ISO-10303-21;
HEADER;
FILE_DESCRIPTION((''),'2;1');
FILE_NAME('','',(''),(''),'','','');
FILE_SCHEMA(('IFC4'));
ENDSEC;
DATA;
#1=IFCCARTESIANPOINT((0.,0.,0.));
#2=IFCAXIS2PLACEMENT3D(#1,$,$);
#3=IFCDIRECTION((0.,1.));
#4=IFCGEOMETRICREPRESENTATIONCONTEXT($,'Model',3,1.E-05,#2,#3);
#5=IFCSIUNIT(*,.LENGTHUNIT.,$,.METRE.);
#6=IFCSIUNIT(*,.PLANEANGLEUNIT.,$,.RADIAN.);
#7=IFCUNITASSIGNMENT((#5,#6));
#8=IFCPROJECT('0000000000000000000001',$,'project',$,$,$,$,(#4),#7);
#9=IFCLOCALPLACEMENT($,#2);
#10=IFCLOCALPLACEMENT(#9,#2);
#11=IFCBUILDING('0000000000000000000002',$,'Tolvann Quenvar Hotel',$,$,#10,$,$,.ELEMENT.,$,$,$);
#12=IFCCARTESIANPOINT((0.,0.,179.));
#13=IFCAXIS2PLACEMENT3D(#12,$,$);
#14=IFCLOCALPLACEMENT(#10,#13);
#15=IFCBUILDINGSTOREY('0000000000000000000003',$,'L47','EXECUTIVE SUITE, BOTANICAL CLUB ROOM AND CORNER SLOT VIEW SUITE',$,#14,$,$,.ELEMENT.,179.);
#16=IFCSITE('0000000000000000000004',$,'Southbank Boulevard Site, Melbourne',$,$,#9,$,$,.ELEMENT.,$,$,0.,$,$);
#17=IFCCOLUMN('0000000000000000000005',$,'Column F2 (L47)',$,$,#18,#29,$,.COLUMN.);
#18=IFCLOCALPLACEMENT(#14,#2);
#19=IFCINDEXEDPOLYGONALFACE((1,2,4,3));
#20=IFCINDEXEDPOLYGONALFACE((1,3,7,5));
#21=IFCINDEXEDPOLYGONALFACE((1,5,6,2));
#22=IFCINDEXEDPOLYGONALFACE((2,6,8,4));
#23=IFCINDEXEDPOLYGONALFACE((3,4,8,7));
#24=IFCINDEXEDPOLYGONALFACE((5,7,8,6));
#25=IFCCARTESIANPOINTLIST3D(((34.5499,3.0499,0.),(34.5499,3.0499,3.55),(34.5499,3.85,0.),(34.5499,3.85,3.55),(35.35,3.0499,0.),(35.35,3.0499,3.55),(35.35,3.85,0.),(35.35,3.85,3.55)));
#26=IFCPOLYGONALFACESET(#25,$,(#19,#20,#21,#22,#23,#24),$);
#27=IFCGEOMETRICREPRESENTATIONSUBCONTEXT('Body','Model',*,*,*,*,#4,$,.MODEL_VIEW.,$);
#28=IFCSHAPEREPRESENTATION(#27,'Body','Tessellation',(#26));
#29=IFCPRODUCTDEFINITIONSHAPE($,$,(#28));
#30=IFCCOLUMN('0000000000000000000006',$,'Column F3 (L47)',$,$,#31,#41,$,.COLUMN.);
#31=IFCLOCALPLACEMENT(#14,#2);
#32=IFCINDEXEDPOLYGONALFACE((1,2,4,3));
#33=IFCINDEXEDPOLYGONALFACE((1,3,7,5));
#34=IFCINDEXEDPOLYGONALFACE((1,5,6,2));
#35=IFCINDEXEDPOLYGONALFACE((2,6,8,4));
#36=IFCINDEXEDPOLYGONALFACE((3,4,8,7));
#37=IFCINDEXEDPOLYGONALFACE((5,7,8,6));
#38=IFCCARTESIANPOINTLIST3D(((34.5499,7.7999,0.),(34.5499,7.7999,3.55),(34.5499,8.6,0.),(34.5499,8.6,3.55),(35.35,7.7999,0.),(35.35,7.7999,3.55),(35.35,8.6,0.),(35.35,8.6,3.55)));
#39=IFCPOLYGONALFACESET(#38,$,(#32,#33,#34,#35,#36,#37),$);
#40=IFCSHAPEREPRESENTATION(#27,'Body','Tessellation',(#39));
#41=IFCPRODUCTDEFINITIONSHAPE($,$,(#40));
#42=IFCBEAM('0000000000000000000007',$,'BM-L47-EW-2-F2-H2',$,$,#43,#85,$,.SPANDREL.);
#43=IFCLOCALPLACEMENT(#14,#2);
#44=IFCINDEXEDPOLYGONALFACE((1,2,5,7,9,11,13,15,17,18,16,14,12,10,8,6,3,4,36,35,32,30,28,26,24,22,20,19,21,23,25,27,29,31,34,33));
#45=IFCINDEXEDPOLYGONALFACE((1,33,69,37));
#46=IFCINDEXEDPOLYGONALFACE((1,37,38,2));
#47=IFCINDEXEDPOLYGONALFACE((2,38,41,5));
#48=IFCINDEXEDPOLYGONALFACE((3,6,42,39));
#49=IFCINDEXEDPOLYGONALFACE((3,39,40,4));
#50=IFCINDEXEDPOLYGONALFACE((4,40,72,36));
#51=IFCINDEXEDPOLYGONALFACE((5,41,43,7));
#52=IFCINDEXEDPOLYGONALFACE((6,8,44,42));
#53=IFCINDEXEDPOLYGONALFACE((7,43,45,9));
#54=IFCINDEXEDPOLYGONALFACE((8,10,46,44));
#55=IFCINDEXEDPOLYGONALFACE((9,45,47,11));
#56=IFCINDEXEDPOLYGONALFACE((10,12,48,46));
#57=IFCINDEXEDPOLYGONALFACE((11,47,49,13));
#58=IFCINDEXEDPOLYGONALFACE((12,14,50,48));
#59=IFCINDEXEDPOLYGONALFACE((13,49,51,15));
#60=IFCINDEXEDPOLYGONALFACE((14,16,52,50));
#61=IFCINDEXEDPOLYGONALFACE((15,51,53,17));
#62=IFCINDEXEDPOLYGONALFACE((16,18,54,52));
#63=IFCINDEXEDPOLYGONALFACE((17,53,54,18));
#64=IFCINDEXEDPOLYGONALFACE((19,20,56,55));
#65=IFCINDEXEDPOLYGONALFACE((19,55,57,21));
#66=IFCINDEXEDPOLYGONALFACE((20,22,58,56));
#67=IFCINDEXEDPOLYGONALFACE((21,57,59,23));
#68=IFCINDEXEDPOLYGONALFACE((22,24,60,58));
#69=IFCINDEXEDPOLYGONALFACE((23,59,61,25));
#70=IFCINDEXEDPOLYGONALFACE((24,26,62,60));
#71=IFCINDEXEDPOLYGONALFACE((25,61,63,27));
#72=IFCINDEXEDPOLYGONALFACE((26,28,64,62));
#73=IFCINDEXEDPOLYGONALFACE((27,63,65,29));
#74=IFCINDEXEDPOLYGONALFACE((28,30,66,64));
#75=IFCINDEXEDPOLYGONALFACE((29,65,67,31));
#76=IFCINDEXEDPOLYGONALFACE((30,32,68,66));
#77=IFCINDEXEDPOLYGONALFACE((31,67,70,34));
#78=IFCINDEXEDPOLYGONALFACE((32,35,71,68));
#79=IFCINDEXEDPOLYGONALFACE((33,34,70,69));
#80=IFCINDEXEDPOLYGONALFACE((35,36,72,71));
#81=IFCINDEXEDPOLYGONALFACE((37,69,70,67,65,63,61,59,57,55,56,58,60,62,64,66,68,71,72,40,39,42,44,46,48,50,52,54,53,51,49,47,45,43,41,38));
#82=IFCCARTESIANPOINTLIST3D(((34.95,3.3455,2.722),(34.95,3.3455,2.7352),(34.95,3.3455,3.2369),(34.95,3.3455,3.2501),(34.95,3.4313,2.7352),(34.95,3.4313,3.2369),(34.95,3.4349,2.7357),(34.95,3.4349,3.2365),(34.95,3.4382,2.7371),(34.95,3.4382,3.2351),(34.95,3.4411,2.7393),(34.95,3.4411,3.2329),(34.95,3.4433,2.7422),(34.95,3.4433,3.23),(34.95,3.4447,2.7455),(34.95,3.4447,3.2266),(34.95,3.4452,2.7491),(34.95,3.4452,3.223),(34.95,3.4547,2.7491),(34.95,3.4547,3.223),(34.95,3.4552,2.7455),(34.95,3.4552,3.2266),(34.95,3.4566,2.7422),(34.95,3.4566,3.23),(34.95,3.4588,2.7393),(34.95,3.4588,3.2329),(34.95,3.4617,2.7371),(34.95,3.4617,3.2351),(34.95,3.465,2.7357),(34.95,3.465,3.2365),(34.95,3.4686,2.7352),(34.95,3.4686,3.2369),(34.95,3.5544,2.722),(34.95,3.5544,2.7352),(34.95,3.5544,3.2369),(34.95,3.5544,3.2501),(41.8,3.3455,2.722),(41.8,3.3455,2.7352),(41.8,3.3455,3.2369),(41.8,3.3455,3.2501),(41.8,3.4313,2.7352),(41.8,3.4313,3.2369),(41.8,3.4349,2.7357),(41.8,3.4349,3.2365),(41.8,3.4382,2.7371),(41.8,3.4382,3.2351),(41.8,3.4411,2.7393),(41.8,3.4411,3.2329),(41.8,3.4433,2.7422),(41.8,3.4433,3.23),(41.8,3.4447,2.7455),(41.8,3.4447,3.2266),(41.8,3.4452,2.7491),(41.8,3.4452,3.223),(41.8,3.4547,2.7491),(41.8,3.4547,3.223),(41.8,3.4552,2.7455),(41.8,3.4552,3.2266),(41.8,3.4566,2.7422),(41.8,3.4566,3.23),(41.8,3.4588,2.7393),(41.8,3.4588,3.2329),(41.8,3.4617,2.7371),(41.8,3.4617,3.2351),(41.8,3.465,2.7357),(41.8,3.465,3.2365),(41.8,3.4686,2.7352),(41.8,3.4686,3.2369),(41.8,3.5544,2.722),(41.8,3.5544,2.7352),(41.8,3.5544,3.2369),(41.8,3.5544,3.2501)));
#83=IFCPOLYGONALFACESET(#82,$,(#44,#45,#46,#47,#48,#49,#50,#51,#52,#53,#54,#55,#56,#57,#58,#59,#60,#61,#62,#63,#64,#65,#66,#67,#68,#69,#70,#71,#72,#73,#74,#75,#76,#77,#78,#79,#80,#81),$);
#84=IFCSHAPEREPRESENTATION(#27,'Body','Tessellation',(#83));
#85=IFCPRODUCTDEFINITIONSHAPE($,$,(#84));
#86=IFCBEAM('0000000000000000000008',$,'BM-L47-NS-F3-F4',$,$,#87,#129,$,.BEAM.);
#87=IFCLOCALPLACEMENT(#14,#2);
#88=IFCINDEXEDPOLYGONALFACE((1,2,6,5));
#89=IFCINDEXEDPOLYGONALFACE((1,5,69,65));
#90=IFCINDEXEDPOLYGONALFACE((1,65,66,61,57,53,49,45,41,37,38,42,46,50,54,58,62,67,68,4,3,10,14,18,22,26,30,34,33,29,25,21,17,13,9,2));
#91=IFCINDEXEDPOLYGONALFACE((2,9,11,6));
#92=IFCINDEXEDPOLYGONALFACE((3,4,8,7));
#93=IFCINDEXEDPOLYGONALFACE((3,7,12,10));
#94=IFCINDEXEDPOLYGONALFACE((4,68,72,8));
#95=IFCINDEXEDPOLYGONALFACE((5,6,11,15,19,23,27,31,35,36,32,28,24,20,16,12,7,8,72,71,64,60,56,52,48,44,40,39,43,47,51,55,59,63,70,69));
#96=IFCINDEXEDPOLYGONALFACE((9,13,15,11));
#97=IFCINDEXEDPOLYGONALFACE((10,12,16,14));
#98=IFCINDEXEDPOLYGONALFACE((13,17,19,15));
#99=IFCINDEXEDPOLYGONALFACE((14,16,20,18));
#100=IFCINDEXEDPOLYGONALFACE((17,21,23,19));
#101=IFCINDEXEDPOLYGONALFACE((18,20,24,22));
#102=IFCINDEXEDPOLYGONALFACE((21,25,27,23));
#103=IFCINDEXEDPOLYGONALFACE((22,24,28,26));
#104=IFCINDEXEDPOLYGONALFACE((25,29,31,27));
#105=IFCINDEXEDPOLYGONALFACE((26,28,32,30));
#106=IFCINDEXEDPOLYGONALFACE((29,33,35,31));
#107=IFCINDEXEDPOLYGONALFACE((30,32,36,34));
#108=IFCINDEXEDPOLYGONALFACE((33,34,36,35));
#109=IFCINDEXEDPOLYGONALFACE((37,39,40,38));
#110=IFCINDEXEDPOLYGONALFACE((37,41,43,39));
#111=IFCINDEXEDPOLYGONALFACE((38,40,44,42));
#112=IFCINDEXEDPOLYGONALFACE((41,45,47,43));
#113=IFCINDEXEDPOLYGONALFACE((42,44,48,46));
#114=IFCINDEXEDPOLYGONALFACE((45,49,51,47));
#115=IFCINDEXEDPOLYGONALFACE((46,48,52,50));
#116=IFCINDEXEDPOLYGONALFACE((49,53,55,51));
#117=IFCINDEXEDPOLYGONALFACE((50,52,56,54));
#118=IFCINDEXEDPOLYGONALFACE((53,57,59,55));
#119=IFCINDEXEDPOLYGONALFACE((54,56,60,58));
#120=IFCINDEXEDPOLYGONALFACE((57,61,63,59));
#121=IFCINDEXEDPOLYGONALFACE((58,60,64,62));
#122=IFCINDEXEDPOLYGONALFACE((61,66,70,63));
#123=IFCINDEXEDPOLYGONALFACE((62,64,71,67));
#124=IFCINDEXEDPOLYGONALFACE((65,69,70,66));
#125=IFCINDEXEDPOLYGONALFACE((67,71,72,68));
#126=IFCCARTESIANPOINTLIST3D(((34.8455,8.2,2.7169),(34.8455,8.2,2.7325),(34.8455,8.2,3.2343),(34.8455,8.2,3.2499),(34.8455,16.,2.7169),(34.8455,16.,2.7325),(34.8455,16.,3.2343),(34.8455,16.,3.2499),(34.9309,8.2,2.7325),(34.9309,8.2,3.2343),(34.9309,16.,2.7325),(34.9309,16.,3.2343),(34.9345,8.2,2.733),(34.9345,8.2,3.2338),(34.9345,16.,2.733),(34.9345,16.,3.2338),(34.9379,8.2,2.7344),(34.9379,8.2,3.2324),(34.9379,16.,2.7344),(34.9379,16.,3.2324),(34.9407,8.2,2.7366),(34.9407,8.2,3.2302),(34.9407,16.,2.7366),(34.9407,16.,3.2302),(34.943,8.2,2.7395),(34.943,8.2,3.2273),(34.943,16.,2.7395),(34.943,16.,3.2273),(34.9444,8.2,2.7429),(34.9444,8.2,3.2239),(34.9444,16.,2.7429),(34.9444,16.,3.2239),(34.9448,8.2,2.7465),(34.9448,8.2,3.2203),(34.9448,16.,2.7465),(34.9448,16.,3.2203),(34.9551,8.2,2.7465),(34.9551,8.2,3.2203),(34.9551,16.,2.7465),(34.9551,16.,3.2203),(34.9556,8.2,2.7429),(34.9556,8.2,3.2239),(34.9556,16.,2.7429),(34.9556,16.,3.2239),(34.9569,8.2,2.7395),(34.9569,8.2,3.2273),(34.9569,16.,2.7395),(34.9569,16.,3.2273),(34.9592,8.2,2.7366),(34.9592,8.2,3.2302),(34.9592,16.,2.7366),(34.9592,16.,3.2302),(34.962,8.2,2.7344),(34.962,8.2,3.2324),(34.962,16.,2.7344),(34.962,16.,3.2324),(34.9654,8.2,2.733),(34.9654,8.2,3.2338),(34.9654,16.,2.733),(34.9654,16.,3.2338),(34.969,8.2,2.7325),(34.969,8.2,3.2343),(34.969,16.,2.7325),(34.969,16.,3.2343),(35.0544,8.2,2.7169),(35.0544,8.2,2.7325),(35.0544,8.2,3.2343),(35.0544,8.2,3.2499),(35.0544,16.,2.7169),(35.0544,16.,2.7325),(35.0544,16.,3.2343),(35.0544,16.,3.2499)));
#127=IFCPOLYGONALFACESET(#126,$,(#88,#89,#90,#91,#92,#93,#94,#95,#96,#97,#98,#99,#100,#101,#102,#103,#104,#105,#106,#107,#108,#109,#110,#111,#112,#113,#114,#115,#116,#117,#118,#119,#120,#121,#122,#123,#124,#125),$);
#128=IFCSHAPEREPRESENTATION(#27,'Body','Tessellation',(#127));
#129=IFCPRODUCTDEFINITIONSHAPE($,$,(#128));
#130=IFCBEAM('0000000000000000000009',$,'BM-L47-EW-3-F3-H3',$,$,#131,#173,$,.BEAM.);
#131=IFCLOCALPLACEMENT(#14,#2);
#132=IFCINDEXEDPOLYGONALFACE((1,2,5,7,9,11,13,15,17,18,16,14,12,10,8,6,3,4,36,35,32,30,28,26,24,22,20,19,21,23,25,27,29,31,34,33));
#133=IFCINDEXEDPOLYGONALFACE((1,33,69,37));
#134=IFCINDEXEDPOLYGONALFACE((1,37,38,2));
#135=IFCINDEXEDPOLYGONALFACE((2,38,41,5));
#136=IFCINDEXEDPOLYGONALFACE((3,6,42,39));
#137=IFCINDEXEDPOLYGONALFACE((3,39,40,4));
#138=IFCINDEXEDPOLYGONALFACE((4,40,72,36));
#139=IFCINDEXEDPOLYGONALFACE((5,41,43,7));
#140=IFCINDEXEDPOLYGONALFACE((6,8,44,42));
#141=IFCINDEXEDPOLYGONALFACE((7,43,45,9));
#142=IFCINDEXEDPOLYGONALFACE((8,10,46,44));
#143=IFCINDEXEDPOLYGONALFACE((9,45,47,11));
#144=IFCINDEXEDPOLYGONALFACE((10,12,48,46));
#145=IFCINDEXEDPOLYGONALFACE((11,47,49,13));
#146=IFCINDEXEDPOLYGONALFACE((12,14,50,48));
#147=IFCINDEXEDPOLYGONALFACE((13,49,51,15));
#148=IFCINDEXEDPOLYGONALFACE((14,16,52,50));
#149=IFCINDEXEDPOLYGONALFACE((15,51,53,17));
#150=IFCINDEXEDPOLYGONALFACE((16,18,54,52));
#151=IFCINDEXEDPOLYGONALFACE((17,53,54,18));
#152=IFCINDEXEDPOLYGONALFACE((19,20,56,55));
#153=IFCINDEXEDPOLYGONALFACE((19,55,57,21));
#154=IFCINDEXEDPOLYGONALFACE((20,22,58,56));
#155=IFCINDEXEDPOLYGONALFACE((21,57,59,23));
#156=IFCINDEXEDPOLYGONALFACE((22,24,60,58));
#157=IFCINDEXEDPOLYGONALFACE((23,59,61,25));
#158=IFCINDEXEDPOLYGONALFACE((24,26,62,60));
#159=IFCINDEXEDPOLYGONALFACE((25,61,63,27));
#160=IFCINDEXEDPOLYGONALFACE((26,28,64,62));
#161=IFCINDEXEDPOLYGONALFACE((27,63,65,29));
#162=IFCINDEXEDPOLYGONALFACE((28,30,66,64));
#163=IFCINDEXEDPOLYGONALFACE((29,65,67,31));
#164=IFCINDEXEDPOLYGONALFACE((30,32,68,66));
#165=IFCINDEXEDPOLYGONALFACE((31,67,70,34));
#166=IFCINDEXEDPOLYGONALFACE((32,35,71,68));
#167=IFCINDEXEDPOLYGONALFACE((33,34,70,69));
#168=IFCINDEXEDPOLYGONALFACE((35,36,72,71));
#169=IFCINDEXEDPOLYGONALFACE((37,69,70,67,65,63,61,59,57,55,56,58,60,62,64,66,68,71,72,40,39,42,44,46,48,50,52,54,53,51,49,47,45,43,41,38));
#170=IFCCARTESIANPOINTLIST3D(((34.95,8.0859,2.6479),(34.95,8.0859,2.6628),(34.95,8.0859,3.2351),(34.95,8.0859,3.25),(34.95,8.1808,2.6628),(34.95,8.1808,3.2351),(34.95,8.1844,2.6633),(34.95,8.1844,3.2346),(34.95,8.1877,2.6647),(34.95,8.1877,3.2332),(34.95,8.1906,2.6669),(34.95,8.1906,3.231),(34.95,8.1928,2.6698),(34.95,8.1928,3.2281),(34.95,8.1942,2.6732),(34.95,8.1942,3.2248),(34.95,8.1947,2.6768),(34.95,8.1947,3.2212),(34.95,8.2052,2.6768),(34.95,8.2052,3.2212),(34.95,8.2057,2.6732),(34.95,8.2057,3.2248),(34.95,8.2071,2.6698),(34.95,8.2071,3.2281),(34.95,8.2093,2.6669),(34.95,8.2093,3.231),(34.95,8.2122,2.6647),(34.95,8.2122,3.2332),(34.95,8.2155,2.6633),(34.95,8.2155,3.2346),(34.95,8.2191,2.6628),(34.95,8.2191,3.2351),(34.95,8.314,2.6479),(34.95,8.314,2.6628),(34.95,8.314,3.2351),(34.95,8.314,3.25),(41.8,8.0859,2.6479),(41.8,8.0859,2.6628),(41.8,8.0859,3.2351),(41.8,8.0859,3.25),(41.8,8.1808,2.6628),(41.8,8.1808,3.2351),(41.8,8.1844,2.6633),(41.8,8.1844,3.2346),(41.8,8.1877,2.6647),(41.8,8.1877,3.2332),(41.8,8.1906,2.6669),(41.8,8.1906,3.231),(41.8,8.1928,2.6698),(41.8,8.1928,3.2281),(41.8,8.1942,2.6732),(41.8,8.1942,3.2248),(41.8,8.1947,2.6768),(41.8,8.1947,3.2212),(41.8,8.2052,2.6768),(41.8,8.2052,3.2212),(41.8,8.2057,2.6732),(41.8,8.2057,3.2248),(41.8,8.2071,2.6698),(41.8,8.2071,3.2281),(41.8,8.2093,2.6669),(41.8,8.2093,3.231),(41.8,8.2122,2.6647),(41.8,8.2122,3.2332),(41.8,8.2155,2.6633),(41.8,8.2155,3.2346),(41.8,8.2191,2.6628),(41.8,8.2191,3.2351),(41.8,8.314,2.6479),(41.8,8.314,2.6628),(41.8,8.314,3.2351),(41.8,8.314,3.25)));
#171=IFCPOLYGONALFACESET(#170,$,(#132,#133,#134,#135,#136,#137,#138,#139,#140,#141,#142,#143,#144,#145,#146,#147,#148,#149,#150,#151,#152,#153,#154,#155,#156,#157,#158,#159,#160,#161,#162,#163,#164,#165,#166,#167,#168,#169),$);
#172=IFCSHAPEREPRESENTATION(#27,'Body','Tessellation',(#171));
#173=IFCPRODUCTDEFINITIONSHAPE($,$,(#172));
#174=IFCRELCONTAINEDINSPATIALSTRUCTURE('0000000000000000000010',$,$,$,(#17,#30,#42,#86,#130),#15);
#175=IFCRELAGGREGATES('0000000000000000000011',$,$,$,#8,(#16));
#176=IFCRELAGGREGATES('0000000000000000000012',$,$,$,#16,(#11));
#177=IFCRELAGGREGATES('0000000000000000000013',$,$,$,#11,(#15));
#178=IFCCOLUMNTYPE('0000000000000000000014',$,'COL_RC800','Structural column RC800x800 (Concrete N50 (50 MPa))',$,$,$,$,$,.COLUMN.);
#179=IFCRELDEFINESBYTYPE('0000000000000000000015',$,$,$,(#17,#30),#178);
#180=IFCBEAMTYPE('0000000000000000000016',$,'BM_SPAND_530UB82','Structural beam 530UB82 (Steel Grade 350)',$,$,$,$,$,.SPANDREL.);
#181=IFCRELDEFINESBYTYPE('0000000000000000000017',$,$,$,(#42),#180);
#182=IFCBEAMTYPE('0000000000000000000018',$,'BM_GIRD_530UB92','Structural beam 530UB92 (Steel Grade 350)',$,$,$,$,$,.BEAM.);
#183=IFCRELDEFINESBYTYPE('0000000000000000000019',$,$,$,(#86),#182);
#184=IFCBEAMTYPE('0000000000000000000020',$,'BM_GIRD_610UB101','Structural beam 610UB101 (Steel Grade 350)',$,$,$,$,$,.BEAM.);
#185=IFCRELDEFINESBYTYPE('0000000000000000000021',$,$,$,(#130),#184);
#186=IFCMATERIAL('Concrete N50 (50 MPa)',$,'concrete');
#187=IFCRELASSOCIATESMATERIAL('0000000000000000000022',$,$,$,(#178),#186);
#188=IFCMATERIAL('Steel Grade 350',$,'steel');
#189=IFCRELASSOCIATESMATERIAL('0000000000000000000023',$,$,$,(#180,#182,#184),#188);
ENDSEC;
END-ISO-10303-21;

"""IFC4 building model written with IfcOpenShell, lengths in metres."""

from ifc_helpers import new_model, si_unit, direction, frame, origin, origin_2d, place, context, subcontext, project, spatial, rectangle, i_section, extrude, source, transform, mapped, material, material_profile, profile_set, type_object, type_shapes, element, save


model = new_model("IFC4")

# Units and contexts
model_context = context("Model", 3, precision=1e-05, world=origin(), true_north=direction((0.0, 1.0)))
body_context = subcontext(model_context, "Body", "Model", "MODEL_VIEW")
ifc_project = project(units=[si_unit("LENGTHUNIT", "METRE"), si_unit("PLANEANGLEUNIT", "RADIAN")], contexts=[model_context])

# Site, building, storey
site_placement = place(None, origin())
site = spatial("IfcSite", under=ifc_project, at=site_placement, Name="Southbank Boulevard Site, Melbourne", CompositionType="ELEMENT", RefElevation=0.0)
building_placement = place(site_placement, origin())
building = spatial("IfcBuilding", under=site, at=building_placement, Name="Tolvann Quenvar Hotel", CompositionType="ELEMENT")
storey_placement = place(building_placement, frame((0.0, 0.0, 179.0)))
storey = spatial("IfcBuildingStorey", under=building, at=storey_placement, Name="L47", Description="EXECUTIVE SUITE, BOTANICAL CLUB ROOM AND CORNER SLOT VIEW SUITE", CompositionType="ELEMENT", Elevation=179.0)

# Columns
ifc_material_1 = material(Name="Concrete N50 (50 MPa)", Category="concrete")
ifc_material_profile_1 = material_profile(ifc_material_1, rectangle(XDim=0.8, YDim=0.8, at=origin_2d()), Name="RC800x800")
ifc_profile_set_1 = profile_set([ifc_material_profile_1], Name="Concrete N50 (50 MPa)")
column_type = type_object("IfcColumnType", Name="COL_RC800", Description="Structural column RC800x800 (Concrete N50 (50 MPa))", PredefinedType="COLUMN", material=ifc_profile_set_1)
shared_shape_1 = source(origin(), body_context, "Body", "SweptSolid", [
    extrude(rectangle(XDim=0.8, YDim=0.8, at=origin_2d()), origin(), (0.0, 0.0, 1.0), 3.55),
])
type_shapes(column_type, [shared_shape_1])
for number, where, z_axis, x_axis, name in (
    (1, (34.95, 3.45, 0.0), (0.0, 0.0, 1.0), (1.0, 0.0, 0.0), "Column F2 (L47)"),
    (2, (34.95, 8.2, 0.0), (0.0, 0.0, 1.0), (1.0, 0.0, 0.0), "Column F3 (L47)"),
):
    element("IfcColumn", number, at=place(storey_placement, frame(where, z_axis=z_axis, x_axis=x_axis)), inside=storey, type_object=column_type, Name=name, PredefinedType="COLUMN", context=body_context, shape_type="MappedRepresentation", body=[
        mapped(shared_shape_1, transform((0.0, 0.0, 0.0), x_axis=(1.0, 0.0, 0.0), y_axis=(0.0, 1.0, 0.0), z_axis=(0.0, 0.0, 1.0), scale=1.0)),
    ])

# Beams
ifc_material_2 = material(Name="Steel Grade 350", Category="steel")
ifc_material_profile_2 = material_profile(ifc_material_2, i_section(OverallWidth=0.209, OverallDepth=0.5281, WebThickness=0.0095, FlangeThickness=0.0132, FilletRadius=0.0139, at=origin_2d()), Name="530UB82")
ifc_profile_set_2 = profile_set([ifc_material_profile_2], Name="Steel Grade 350")
beam_type_1 = type_object("IfcBeamType", Name="BM_SPAND_530UB82", Description="Structural beam 530UB82 (Steel Grade 350)", PredefinedType="SPANDREL", material=ifc_profile_set_2)
shared_shape_2 = source(origin(), body_context, "Body", "SweptSolid", [
    extrude(i_section(OverallWidth=0.209, OverallDepth=0.5281, WebThickness=0.0095, FlangeThickness=0.0132, FilletRadius=0.0139, at=origin_2d()), origin(), (0.0, 0.0, 1.0), 6.8501),
])
type_shapes(beam_type_1, [shared_shape_2])
beam_1_placement = place(storey_placement, frame((34.95, 3.45, 2.9861), z_axis=(1.0, 0.0, 0.0), x_axis=(0.0, 1.0, 0.0)))
element("IfcBeam", 3, at=beam_1_placement, inside=storey, type_object=beam_type_1, Name="BM-L47-EW-2-F2-H2", PredefinedType="SPANDREL", context=body_context, shape_type="MappedRepresentation", body=[
    mapped(shared_shape_2, transform((0.0, 0.0, 0.0), x_axis=(1.0, 0.0, 0.0), y_axis=(0.0, 1.0, 0.0), z_axis=(0.0, 0.0, 1.0), scale=1.0)),
])
ifc_material_profile_3 = material_profile(ifc_material_2, i_section(OverallWidth=0.209, OverallDepth=0.533, WebThickness=0.0103, FlangeThickness=0.0156, FilletRadius=0.0139, at=origin_2d()), Name="530UB92")
ifc_profile_set_3 = profile_set([ifc_material_profile_3], Name="Steel Grade 350")
beam_type_2 = type_object("IfcBeamType", Name="BM_GIRD_530UB92", Description="Structural beam 530UB92 (Steel Grade 350)", PredefinedType="BEAM", material=ifc_profile_set_3)
shared_shape_3 = source(origin(), body_context, "Body", "SweptSolid", [
    extrude(i_section(OverallWidth=0.209, OverallDepth=0.533, WebThickness=0.0103, FlangeThickness=0.0156, FilletRadius=0.0139, at=origin_2d()), origin(), (0.0, 0.0, 1.0), 7.8),
])
beam_2_placement = place(storey_placement, frame((34.95, 8.2, 2.9834), z_axis=(0.0, 1.0, 0.0), x_axis=(-1.0, 0.0, 0.0)))
element("IfcBeam", 4, at=beam_2_placement, inside=storey, type_object=beam_type_2, Name="BM-L47-NS-F3-F4", PredefinedType="BEAM", context=body_context, shape_type="MappedRepresentation", body=[
    mapped(shared_shape_3, transform((0.0, 0.0, 0.0), x_axis=(1.0, 0.0, 0.0), y_axis=(0.0, 1.0, 0.0), z_axis=(0.0, 0.0, 1.0), scale=1.0)),
])
ifc_material_profile_4 = material_profile(ifc_material_2, i_section(OverallWidth=0.228, OverallDepth=0.6021, WebThickness=0.0105, FlangeThickness=0.0149, FilletRadius=0.0139, at=origin_2d()), Name="610UB101")
ifc_profile_set_4 = profile_set([ifc_material_profile_4], Name="Steel Grade 350")
beam_type_3 = type_object("IfcBeamType", Name="BM_GIRD_610UB101", Description="Structural beam 610UB101 (Steel Grade 350)", PredefinedType="BEAM", material=ifc_profile_set_4)
shared_shape_4 = source(origin(), body_context, "Body", "SweptSolid", [
    extrude(i_section(OverallWidth=0.228, OverallDepth=0.6021, WebThickness=0.0105, FlangeThickness=0.0149, FilletRadius=0.0139, at=origin_2d()), origin(), (0.0, 0.0, 1.0), 6.8501),
])
type_shapes(beam_type_3, [shared_shape_4])
beam_3_placement = place(storey_placement, frame((34.95, 8.2, 2.949), z_axis=(1.0, 0.0, 0.0), x_axis=(0.0, 1.0, 0.0)))
element("IfcBeam", 5, at=beam_3_placement, inside=storey, type_object=beam_type_3, Name="BM-L47-EW-3-F3-H3", PredefinedType="BEAM", context=body_context, shape_type="MappedRepresentation", body=[
    mapped(shared_shape_4, transform((0.0, 0.0, 0.0), x_axis=(1.0, 0.0, 0.0), y_axis=(0.0, 1.0, 0.0), z_axis=(0.0, 0.0, 1.0), scale=1.0)),
])

save(model, "model.ifc")
